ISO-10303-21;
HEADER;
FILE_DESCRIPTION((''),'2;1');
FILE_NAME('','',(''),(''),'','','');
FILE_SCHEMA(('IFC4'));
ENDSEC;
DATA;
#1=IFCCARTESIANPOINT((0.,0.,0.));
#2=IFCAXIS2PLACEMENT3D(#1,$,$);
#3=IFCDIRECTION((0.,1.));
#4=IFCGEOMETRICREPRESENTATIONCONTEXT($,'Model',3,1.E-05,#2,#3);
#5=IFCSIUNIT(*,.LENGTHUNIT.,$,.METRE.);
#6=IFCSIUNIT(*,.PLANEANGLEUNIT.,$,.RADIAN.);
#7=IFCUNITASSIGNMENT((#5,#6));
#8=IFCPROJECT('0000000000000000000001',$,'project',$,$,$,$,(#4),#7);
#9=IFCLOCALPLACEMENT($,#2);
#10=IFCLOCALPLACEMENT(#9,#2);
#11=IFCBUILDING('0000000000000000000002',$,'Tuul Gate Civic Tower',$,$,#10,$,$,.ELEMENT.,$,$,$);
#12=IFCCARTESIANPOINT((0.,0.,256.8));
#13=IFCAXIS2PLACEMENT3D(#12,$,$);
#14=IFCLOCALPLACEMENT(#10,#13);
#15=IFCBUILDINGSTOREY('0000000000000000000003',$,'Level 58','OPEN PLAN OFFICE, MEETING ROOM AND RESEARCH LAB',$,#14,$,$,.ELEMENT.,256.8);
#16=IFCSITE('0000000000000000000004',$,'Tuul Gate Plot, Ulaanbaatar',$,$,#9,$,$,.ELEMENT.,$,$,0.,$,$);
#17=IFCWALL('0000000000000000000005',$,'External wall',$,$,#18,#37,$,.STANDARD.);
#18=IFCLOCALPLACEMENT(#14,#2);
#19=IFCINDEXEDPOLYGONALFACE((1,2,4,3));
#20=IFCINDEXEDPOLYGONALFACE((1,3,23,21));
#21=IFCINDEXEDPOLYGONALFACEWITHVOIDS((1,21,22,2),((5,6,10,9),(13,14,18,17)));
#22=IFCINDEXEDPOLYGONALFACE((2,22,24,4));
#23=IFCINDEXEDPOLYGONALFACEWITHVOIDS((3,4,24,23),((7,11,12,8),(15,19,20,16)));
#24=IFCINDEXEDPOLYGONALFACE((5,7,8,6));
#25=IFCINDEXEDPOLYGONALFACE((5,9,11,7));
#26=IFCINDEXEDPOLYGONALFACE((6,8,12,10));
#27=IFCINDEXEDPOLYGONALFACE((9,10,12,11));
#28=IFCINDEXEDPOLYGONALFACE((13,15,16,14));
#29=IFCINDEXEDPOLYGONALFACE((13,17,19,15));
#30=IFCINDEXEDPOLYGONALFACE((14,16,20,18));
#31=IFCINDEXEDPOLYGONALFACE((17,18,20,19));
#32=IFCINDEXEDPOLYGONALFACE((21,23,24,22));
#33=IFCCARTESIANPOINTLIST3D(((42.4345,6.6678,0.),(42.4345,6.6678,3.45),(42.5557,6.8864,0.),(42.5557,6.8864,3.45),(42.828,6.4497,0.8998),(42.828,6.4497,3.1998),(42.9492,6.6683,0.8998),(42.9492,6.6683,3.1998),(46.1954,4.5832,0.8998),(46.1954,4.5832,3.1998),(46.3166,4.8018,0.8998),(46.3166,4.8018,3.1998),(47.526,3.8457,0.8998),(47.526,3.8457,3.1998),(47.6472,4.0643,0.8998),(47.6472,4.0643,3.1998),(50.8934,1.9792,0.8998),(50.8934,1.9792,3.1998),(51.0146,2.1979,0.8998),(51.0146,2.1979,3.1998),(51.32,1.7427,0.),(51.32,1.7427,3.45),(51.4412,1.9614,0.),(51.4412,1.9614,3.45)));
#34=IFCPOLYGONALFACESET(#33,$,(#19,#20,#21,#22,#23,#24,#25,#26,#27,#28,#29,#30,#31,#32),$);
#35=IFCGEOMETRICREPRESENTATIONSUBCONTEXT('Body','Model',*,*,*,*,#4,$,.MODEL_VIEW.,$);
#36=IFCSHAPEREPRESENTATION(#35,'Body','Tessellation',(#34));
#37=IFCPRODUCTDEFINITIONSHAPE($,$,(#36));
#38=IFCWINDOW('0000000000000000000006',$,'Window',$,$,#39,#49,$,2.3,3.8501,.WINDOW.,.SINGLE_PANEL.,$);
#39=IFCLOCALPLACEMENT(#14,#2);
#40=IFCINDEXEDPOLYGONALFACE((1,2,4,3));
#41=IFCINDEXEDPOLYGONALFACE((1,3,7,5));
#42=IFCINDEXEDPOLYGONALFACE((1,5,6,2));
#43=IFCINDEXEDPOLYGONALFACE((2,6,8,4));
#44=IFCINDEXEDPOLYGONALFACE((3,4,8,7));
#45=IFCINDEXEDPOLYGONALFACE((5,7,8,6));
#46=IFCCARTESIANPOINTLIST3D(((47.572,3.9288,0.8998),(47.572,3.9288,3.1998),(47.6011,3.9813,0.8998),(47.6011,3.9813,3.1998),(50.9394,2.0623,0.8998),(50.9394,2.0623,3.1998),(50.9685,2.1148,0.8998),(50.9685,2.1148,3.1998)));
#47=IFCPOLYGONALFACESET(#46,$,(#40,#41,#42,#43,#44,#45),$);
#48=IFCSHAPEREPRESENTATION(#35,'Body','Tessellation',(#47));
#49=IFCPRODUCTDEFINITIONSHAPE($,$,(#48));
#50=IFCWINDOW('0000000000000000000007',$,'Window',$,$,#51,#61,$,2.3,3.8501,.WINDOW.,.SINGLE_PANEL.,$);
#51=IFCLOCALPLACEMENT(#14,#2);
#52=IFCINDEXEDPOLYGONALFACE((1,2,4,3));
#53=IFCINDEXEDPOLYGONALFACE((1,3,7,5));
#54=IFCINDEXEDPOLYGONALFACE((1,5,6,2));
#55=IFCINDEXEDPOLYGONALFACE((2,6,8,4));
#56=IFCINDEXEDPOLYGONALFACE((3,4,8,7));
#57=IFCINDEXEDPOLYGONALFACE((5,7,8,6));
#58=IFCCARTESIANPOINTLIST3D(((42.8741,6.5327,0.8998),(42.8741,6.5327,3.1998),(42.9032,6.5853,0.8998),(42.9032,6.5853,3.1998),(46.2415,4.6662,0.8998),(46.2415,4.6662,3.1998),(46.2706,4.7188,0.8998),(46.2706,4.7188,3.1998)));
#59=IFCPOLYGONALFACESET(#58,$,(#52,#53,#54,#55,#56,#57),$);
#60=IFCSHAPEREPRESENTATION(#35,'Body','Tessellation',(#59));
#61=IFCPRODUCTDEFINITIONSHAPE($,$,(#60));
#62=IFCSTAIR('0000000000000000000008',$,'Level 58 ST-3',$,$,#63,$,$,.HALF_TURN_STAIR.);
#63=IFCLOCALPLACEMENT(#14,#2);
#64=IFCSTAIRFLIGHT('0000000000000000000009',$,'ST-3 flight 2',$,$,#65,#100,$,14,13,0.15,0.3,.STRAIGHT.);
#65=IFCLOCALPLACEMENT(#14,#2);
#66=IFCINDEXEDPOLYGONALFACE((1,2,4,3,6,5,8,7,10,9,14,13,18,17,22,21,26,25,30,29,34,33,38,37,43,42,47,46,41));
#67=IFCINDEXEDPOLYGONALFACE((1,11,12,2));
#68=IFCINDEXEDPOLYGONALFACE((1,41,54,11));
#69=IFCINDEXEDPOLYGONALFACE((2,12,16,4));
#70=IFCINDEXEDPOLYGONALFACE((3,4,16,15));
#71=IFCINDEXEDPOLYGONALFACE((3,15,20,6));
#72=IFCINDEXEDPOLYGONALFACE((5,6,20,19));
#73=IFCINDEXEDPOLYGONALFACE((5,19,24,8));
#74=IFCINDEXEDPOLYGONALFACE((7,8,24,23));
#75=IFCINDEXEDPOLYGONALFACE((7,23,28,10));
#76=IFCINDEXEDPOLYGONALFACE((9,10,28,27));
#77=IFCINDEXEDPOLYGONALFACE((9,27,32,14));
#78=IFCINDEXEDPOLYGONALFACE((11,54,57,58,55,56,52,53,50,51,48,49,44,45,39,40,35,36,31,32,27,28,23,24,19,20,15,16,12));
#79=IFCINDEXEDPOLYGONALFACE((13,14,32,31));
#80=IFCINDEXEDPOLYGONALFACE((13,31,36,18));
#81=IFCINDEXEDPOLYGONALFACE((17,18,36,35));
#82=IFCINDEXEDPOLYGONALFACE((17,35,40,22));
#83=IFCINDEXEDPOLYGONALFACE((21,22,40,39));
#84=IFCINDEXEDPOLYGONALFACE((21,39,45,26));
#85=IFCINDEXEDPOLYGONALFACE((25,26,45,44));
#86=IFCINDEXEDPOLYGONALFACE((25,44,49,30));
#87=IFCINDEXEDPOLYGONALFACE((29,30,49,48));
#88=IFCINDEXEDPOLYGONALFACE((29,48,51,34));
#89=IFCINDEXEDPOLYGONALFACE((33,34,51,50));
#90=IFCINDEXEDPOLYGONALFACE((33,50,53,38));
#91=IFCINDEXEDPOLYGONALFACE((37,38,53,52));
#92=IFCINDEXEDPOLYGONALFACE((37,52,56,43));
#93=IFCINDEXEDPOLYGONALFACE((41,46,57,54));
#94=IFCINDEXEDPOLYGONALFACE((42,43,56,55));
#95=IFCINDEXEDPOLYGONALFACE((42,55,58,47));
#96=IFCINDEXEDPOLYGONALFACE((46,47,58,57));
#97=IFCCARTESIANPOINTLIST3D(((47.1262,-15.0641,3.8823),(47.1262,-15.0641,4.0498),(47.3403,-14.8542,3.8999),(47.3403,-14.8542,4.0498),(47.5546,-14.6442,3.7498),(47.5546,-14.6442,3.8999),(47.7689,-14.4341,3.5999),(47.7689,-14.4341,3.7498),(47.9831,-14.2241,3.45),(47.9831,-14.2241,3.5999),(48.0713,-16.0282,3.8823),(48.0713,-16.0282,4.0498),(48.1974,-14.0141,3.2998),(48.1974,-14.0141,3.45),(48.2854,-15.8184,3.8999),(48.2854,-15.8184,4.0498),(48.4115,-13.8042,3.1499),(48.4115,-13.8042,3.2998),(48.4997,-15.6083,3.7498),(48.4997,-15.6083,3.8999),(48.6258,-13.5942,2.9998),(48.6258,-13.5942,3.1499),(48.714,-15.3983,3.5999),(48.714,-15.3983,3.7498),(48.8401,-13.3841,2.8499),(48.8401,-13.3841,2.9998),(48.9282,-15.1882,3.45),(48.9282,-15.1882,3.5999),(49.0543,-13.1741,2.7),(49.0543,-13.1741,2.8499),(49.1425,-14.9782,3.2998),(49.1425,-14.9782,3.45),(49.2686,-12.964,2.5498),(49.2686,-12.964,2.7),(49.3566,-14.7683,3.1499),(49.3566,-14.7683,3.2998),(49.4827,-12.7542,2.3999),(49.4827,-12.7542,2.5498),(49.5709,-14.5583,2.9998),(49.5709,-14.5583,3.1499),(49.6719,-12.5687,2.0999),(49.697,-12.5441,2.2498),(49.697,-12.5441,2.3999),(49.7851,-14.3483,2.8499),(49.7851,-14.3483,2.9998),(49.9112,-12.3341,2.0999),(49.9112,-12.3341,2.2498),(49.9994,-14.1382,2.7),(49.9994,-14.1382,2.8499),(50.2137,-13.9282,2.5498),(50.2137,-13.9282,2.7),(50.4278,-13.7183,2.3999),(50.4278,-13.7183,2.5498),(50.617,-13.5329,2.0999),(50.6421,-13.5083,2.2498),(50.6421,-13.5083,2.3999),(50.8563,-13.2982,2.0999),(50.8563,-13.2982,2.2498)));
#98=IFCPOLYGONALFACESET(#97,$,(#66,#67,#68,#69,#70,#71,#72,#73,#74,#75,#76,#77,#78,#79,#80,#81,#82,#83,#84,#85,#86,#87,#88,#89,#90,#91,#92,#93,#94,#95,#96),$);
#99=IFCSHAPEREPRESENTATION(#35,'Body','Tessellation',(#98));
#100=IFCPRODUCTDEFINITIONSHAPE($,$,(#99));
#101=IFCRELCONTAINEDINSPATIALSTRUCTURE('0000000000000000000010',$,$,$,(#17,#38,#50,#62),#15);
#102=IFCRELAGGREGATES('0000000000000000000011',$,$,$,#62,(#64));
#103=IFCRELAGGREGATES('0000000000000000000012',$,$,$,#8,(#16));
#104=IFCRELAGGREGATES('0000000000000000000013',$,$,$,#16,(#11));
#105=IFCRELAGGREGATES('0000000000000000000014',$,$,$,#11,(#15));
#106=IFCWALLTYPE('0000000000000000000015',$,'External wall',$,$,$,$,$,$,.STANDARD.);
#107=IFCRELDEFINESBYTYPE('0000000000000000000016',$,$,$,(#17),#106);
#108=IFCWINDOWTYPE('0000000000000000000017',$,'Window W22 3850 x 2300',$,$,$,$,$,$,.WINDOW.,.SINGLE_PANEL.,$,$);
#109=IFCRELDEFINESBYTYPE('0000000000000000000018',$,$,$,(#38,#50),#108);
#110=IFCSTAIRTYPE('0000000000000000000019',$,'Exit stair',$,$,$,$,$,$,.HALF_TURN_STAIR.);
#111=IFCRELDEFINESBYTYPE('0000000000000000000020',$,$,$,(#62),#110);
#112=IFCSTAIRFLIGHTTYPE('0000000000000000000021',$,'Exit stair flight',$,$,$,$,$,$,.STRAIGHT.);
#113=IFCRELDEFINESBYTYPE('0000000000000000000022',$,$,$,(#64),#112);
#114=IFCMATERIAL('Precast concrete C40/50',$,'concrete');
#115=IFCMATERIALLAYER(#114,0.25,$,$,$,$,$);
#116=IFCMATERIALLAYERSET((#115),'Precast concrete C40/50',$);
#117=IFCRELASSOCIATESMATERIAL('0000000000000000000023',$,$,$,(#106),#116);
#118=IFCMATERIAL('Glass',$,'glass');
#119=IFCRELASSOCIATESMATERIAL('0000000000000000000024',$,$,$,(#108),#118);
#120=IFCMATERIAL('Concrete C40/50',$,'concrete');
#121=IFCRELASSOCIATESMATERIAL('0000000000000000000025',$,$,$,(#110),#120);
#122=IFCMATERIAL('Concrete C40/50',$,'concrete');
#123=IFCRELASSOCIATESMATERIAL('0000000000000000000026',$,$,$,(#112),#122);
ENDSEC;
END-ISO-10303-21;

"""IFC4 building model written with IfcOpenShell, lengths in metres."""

from ifc_helpers import new_model, si_unit, direction, frame, frame_2d, origin, place, context, subcontext, project, spatial, polyline, rectangle, outline, extrude, material, layer, layer_set, type_object, element, fill, aggregate, save


model = new_model("IFC4")

# Units and contexts
model_context = context("Model", 3, precision=1e-05, world=origin(), true_north=direction((0.0, 1.0)))
body_context = subcontext(model_context, "Body", "Model", "MODEL_VIEW")
ifc_project = project(units=[si_unit("LENGTHUNIT", "METRE"), si_unit("PLANEANGLEUNIT", "RADIAN")], contexts=[model_context])

# Site, building, storey
site_placement = place(None, origin())
site = spatial("IfcSite", under=ifc_project, at=site_placement, Name="Tuul Gate Plot, Ulaanbaatar", CompositionType="ELEMENT", RefElevation=0.0)
building_placement = place(site_placement, origin())
building = spatial("IfcBuilding", under=site, at=building_placement, Name="Tuul Gate Civic Tower", CompositionType="ELEMENT")
storey_placement = place(building_placement, frame((0.0, 0.0, 256.8)))
storey = spatial("IfcBuildingStorey", under=building, at=storey_placement, Name="Level 58", Description="OPEN PLAN OFFICE, MEETING ROOM AND RESEARCH LAB", CompositionType="ELEMENT", Elevation=256.8)

# Wall, openings, windows
ifc_material_1 = material(Name="Precast concrete C40/50", Category="concrete")
ifc_layer_1 = layer(ifc_material_1, 0.25)
ifc_layer_set_1 = layer_set([ifc_layer_1], Name="Precast concrete C40/50")
wall_type_1 = type_object("IfcWallType", Name="External wall", PredefinedType="STANDARD", material=ifc_layer_set_1)
wall_1_placement = place(storey_placement, frame((51.3806, 1.8521, 0.0), z_axis=(0.0, 0.0, 1.0), x_axis=(-0.874631, 0.48479, 0.0)))
wall_1 = element("IfcWall", 1, at=wall_1_placement, inside=storey, type_object=wall_type_1, Name="External wall", PredefinedType="STANDARD", context=body_context, shape_type="SweptSolid", body=[
    extrude(rectangle(XDim=10.1592, YDim=0.25, at=frame_2d((5.0796, 0.0))), origin(), (0.0, 0.0, 1.0), 3.45),
])
opening_1_placement = place(wall_1_placement, frame((0.4878, 0.0, 0.8999)))
opening_1 = element("IfcOpeningElement", 2, at=opening_1_placement, cuts=wall_1, PredefinedType="OPENING", context=body_context, shape_type="SweptSolid", body=[
    extrude(rectangle(XDim=3.8501, YDim=2.3, at=frame_2d((1.925, 1.1499))), frame((0.0, 0.135, 0.0), z_axis=(0.0, -1.0, 0.0), x_axis=(1.0, 0.0, 0.0)), (0.0, 0.0, 1.0), 0.27),
])
opening_2_placement = place(wall_1_placement, frame((5.8591, 0.0, 0.8999)))
opening_2 = element("IfcOpeningElement", 3, at=opening_2_placement, cuts=wall_1, PredefinedType="OPENING", context=body_context, shape_type="SweptSolid", body=[
    extrude(rectangle(XDim=3.8501, YDim=2.3, at=frame_2d((1.925, 1.1499))), frame((0.0, 0.135, 0.0), z_axis=(0.0, -1.0, 0.0), x_axis=(1.0, 0.0, 0.0)), (0.0, 0.0, 1.0), 0.27),
])
ifc_material_2 = material(Name="Glass", Category="glass")
window_type = type_object("IfcWindowType", Name="Window W22 3850 x 2300", PartitioningType="SINGLE_PANEL", PredefinedType="WINDOW", material=ifc_material_2)
window_1_placement = place(opening_1_placement, origin())
window_1 = element("IfcWindow", 4, at=window_1_placement, inside=storey, type_object=window_type, Name="Window", OverallHeight=2.3, OverallWidth=3.8501, PartitioningType="SINGLE_PANEL", PredefinedType="WINDOW", context=body_context, shape_type="SweptSolid", body=[
    extrude(rectangle(XDim=3.8501, YDim=2.3, at=frame_2d((1.925, 1.1499))), frame((0.0, 0.03, 0.0), z_axis=(0.0, -1.0, 0.0), x_axis=(1.0, 0.0, 0.0)), (0.0, 0.0, 1.0), 0.0601),
])
fill(opening_1, window_1)
window_2_placement = place(opening_2_placement, origin())
window_2 = element("IfcWindow", 5, at=window_2_placement, inside=storey, type_object=window_type, Name="Window", OverallHeight=2.3, OverallWidth=3.8501, PartitioningType="SINGLE_PANEL", PredefinedType="WINDOW", context=body_context, shape_type="SweptSolid", body=[
    extrude(rectangle(XDim=3.8501, YDim=2.3, at=frame_2d((1.925, 1.1499))), frame((0.0, 0.03, 0.0), z_axis=(0.0, -1.0, 0.0), x_axis=(1.0, 0.0, 0.0)), (0.0, 0.0, 1.0), 0.0601),
])
fill(opening_2, window_2)

# Stair, stair flight
ifc_material_3 = material(Name="Concrete C40/50", Category="concrete")
stair_type = type_object("IfcStairType", Name="Exit stair", PredefinedType="HALF_TURN_STAIR", material=ifc_material_3)
stair_placement = place(storey_placement, origin())
stair = element("IfcStair", 6, at=stair_placement, inside=storey, type_object=stair_type, Name="Level 58 ST-3", PredefinedType="HALF_TURN_STAIR")
ifc_material_4 = material(Name="Concrete C40/50", Category="concrete")
stair_flight_type = type_object("IfcStairFlightType", Name="Exit stair flight", PredefinedType="STRAIGHT", material=ifc_material_4)
stair_flight_placement = place(storey_placement, frame((50.3838, -12.8162, 2.0999), z_axis=(0.0, 0.0, 1.0), x_axis=(-0.714127, -0.700016, 0.0)))
stair_flight = element("IfcStairFlight", 7, at=stair_flight_placement, type_object=stair_flight_type, Name="ST-3 flight 2", NumberOfRisers=14, NumberOfTreads=13, PredefinedType="STRAIGHT", RiserHeight=0.15, TreadLength=0.3, context=body_context, shape_type="SweptSolid", body=[
    extrude(outline(polyline([(0.0, 0.0), (0.0, 0.1499), (0.3, 0.1499), (0.3, 0.3), (0.6001, 0.3), (0.6001, 0.45), (0.8999, 0.45), (0.8999, 0.6001), (1.2, 0.6001), (1.2, 0.75), (1.5, 0.75), (1.5, 0.8999), (1.8, 0.8999), (1.8, 1.05), (2.1001, 1.05), (2.1001, 1.2), (2.3999, 1.2), (2.3999, 1.3501), (2.7, 1.3501), (2.7, 1.5), (3.0, 1.5), (3.0, 1.6499), (3.3, 1.6499), (3.3, 1.8), (3.6001, 1.8), (3.6001, 1.95), (3.8999, 1.95), (3.8999, 2.1001), (3.8999, 1.7825), (0.3352, 0.0), (0.0, 0.0)])), frame((0.0, 0.675, 0.0), z_axis=(0.0, -1.0, 0.0), x_axis=(1.0, 0.0, 0.0)), (0.0, 0.0, 1.0), 1.3501),
])
aggregate(stair, [stair_flight])

save(model, "model.ifc")
